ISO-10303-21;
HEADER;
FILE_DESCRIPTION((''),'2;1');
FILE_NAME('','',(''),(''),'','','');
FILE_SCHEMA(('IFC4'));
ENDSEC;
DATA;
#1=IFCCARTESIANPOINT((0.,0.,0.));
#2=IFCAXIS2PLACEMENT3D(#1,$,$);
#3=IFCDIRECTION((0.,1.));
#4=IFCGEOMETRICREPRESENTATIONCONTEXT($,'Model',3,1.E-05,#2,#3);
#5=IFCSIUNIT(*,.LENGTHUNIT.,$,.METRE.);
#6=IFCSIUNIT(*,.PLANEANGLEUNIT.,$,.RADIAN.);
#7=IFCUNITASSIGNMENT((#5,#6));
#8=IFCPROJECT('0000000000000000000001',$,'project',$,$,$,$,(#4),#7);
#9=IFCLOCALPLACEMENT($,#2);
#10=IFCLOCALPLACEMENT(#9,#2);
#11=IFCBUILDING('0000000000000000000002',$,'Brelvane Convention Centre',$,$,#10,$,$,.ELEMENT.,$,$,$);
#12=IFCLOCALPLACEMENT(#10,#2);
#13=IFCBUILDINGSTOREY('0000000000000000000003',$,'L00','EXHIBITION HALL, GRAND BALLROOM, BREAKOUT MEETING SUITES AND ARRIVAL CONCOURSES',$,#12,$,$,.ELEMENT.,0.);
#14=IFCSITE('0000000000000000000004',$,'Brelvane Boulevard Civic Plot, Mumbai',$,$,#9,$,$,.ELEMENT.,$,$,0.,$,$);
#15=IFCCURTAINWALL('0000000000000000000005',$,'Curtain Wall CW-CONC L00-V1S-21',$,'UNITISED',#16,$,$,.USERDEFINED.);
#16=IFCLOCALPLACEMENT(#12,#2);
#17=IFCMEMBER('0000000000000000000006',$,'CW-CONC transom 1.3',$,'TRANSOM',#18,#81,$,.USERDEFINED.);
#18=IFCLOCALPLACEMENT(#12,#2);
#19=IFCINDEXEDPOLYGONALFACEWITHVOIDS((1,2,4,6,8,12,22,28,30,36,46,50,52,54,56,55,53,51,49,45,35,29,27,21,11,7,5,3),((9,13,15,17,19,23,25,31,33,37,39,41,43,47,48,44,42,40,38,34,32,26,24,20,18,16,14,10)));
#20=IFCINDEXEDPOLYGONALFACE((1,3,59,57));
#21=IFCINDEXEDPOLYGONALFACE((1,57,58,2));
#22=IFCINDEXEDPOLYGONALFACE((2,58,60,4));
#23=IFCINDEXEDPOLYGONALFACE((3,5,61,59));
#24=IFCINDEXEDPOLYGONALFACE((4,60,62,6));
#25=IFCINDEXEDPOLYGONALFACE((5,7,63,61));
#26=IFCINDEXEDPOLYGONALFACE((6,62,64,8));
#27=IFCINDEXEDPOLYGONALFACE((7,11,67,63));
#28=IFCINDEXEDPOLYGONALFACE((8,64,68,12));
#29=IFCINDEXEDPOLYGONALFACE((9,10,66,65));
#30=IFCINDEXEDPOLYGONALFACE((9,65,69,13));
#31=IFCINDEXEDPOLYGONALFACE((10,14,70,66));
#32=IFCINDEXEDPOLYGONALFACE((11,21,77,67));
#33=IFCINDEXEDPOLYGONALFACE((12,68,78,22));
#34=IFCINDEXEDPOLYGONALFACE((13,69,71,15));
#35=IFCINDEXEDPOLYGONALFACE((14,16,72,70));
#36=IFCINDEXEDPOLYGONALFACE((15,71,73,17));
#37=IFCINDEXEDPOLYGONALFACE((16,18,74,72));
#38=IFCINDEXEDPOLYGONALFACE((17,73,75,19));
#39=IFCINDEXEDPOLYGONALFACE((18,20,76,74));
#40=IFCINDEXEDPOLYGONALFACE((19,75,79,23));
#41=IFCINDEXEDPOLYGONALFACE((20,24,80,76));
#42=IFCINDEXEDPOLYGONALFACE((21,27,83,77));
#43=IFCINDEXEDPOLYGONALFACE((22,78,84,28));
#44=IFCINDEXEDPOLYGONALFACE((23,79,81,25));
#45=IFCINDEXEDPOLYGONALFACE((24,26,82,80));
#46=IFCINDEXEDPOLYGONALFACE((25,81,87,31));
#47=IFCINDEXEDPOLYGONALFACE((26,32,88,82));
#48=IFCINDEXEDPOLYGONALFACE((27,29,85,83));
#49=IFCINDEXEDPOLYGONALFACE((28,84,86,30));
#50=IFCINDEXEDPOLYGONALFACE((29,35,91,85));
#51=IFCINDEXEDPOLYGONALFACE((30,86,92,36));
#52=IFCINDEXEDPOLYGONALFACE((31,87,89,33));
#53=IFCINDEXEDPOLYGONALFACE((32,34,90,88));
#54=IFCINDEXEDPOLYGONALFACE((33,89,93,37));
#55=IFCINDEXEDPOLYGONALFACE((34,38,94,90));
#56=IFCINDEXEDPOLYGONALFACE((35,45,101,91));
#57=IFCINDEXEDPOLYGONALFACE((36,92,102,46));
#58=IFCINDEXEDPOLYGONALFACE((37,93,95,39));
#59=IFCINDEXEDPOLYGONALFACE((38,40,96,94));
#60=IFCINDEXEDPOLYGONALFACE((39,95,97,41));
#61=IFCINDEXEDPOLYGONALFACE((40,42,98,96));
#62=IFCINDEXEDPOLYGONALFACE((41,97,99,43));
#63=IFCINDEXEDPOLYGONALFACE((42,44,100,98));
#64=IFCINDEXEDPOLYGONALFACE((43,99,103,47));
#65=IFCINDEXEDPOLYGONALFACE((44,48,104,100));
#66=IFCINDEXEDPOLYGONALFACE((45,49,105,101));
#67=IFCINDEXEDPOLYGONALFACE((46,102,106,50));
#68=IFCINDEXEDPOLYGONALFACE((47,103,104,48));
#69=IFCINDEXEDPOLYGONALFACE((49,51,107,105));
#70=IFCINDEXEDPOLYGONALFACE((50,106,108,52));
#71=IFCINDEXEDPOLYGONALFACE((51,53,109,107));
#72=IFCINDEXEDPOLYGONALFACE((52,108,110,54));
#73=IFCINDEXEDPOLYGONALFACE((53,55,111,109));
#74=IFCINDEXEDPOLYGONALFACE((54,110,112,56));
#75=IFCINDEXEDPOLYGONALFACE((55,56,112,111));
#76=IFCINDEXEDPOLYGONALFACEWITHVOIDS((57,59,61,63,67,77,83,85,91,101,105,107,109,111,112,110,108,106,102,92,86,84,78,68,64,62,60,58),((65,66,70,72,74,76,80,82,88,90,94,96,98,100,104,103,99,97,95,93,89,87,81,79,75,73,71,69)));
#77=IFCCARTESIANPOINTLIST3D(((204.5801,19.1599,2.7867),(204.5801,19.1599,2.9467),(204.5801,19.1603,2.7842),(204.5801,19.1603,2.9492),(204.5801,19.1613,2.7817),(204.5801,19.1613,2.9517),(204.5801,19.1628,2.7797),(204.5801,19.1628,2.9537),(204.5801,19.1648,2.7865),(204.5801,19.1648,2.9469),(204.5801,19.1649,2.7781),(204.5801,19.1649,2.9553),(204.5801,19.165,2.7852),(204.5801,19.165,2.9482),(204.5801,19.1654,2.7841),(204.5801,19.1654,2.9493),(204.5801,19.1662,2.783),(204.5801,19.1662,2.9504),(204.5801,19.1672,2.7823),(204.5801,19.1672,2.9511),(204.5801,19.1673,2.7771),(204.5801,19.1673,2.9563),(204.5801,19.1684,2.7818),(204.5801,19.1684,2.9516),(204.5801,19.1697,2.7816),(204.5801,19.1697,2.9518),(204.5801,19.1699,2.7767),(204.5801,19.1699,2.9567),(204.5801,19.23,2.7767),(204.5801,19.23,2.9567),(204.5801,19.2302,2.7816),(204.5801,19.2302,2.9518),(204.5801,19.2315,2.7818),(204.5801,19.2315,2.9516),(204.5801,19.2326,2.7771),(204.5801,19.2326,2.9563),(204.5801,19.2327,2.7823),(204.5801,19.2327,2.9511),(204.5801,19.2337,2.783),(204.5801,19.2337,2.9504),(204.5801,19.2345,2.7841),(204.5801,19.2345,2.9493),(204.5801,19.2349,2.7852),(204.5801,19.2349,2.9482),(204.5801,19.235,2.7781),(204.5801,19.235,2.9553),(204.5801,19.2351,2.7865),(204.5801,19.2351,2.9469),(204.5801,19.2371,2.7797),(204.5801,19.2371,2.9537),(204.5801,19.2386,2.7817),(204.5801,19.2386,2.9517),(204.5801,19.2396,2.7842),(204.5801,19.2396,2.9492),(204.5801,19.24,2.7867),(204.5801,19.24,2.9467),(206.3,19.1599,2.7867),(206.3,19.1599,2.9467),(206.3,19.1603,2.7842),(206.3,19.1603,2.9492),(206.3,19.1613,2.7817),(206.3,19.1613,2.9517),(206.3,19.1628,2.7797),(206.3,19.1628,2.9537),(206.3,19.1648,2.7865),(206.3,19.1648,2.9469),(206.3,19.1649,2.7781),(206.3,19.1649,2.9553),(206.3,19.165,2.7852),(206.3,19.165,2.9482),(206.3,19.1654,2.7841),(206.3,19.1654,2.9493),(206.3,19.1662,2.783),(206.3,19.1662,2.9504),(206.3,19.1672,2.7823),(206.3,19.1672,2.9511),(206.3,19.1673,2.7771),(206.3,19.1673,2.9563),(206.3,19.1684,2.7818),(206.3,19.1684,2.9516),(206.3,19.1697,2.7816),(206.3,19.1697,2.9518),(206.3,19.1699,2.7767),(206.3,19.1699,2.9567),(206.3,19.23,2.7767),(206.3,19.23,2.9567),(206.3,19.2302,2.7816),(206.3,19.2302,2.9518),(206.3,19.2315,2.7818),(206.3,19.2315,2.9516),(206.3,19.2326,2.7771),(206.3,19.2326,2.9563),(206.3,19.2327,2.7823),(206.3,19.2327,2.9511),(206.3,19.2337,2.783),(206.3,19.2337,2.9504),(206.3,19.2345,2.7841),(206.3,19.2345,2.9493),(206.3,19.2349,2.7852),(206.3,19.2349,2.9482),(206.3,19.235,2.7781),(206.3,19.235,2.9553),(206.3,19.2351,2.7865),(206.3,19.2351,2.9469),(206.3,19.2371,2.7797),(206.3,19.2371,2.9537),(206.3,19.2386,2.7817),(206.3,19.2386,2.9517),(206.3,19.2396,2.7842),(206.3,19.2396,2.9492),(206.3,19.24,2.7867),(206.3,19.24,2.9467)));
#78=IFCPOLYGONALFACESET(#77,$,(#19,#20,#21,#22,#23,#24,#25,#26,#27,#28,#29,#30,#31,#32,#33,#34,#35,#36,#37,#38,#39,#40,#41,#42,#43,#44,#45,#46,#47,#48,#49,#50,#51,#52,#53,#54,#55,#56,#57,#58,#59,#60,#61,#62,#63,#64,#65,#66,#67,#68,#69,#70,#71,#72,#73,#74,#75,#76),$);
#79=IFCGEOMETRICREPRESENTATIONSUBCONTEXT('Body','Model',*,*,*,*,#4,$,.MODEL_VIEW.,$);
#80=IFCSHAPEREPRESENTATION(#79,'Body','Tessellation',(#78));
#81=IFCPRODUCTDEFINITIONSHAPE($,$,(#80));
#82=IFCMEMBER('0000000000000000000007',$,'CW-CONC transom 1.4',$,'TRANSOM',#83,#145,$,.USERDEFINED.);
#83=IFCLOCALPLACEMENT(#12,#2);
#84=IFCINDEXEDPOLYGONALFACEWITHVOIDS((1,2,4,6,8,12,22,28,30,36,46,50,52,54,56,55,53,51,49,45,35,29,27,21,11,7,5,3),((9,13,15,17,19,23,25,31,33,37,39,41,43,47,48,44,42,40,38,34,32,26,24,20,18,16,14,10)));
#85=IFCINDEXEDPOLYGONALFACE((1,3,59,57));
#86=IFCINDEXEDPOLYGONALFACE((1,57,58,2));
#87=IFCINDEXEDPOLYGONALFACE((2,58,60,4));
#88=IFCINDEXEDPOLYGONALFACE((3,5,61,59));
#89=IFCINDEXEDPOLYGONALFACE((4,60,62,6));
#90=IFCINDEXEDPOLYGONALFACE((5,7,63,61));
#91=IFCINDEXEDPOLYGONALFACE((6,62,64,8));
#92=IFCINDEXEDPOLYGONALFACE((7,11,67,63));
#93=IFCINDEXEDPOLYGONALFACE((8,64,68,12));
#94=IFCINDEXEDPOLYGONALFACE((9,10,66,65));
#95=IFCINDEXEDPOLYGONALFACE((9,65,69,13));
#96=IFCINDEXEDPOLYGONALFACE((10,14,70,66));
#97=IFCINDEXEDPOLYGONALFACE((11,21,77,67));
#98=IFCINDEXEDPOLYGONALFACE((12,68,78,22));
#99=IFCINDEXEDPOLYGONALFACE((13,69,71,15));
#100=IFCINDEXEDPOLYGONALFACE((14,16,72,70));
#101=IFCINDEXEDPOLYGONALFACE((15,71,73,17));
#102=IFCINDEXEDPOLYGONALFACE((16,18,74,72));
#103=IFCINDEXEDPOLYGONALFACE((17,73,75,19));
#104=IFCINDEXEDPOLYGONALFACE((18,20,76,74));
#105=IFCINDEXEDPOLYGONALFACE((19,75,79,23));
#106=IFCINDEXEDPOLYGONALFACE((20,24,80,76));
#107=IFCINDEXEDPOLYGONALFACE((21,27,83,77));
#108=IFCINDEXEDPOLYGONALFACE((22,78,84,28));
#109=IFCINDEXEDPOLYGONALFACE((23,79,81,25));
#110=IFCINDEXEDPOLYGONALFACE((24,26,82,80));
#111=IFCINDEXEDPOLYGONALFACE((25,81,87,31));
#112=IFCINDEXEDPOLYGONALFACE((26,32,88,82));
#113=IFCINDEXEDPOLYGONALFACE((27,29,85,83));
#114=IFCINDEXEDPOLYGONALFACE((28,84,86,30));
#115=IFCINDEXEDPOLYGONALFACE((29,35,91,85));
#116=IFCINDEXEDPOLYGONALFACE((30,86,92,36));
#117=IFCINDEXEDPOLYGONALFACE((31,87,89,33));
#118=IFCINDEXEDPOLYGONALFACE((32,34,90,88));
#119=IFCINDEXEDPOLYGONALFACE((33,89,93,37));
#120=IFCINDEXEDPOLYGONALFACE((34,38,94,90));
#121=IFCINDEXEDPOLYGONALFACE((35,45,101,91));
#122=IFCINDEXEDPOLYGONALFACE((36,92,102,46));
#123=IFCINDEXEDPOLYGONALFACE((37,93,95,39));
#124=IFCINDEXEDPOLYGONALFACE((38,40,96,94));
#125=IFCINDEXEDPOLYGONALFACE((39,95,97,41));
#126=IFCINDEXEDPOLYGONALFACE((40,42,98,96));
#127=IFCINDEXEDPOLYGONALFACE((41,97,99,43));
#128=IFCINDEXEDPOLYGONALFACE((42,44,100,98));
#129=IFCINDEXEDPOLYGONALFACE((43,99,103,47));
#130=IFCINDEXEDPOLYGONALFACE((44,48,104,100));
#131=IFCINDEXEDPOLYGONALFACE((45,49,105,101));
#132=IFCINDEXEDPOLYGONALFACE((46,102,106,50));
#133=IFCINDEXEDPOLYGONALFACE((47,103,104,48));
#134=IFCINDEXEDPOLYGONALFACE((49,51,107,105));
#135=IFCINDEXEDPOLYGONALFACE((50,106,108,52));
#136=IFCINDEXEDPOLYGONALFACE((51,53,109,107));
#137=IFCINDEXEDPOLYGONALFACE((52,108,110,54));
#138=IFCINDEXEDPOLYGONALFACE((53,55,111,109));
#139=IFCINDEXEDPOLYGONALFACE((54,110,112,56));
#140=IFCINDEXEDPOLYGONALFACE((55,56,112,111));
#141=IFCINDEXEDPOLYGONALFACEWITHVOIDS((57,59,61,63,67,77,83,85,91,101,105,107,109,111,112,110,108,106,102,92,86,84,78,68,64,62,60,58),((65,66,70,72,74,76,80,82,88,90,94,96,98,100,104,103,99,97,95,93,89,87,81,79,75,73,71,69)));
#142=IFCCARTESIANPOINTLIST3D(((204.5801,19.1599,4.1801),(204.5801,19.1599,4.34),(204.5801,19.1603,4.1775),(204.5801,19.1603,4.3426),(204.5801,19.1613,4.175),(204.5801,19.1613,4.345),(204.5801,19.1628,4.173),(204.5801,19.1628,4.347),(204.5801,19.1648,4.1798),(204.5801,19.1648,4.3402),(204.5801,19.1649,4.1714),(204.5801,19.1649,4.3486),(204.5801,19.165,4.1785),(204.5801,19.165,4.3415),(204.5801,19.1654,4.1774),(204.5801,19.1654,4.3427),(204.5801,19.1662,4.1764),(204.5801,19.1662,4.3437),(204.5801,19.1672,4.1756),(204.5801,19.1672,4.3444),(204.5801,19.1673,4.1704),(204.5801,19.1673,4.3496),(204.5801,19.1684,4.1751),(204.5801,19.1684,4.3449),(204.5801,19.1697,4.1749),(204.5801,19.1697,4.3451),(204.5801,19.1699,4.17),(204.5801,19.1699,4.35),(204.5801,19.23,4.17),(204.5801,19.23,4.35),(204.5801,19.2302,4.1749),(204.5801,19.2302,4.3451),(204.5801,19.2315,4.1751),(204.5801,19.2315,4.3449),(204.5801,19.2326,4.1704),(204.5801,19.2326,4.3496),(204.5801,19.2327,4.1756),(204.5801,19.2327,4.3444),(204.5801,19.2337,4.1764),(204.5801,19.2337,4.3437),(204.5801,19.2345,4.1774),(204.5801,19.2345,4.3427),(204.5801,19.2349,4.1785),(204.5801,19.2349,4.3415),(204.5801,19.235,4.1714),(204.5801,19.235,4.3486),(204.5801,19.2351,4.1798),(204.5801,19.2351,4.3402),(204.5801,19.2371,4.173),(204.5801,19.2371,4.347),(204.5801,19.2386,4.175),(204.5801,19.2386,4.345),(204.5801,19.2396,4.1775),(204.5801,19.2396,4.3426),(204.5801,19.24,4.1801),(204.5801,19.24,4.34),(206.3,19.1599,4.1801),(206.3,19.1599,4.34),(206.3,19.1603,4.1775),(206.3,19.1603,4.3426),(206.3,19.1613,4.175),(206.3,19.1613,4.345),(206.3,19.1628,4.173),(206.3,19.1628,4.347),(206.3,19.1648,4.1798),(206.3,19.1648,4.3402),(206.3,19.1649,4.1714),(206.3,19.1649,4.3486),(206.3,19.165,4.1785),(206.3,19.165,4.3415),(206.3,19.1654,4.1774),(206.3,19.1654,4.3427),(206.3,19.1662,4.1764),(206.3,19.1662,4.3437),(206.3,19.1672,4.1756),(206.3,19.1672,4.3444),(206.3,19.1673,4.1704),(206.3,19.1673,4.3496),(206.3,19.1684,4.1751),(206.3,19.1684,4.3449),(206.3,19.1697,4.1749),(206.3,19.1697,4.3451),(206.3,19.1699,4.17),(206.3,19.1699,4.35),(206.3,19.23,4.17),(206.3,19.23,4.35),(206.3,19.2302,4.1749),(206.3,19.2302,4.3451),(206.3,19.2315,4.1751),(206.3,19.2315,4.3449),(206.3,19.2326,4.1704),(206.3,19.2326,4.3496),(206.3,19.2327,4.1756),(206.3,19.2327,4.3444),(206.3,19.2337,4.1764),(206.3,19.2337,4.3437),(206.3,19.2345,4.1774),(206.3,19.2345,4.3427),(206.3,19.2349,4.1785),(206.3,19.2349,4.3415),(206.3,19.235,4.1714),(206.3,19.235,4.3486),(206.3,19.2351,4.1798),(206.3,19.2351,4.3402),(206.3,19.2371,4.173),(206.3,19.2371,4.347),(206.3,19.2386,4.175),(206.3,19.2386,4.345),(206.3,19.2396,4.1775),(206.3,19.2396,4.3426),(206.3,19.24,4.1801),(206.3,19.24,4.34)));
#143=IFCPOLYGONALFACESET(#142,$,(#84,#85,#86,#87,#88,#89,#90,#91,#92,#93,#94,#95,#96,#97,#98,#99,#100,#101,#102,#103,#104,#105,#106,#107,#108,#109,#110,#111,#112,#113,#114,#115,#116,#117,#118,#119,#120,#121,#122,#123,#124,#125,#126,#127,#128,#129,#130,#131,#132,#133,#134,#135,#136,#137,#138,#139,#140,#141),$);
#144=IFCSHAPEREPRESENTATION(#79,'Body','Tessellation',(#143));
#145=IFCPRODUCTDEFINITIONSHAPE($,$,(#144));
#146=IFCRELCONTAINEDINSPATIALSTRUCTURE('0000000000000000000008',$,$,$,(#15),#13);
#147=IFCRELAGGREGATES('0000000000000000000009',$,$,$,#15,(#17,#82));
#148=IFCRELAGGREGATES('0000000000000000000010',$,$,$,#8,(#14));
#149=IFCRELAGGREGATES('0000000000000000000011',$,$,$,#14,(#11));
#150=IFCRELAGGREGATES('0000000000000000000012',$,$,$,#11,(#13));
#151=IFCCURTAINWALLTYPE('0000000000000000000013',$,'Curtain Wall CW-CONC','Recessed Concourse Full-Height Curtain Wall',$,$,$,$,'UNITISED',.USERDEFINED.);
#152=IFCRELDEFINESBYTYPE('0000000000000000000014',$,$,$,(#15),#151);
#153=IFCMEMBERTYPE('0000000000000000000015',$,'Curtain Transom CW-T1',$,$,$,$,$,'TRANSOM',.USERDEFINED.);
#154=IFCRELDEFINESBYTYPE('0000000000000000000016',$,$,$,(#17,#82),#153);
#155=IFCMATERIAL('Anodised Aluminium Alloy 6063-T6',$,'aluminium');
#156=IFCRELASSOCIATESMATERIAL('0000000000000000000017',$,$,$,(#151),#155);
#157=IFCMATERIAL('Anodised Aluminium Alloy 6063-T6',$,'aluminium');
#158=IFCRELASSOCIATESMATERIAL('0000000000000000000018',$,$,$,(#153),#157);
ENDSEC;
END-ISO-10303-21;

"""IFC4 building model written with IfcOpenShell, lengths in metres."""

from ifc_helpers import new_model, si_unit, direction, frame, origin, origin_2d, place, context, subcontext, project, spatial, hollow_rectangle, extrude, material, material_profile, profile_set, type_object, element, aggregate, save


model = new_model("IFC4")

# Units and contexts
model_context = context("Model", 3, precision=1e-05, world=origin(), true_north=direction((0.0, 1.0)))
body_context = subcontext(model_context, "Body", "Model", "MODEL_VIEW")
ifc_project = project(units=[si_unit("LENGTHUNIT", "METRE"), si_unit("PLANEANGLEUNIT", "RADIAN")], contexts=[model_context])

# Site, building, storey
site_placement = place(None, origin())
site = spatial("IfcSite", under=ifc_project, at=site_placement, Name="Brelvane Boulevard Civic Plot, Mumbai", CompositionType="ELEMENT", RefElevation=0.0)
building_placement = place(site_placement, origin())
building = spatial("IfcBuilding", under=site, at=building_placement, Name="Brelvane Convention Centre", CompositionType="ELEMENT")
storey_placement = place(building_placement, origin())
storey = spatial("IfcBuildingStorey", under=building, at=storey_placement, Name="L00", Description="EXHIBITION HALL, GRAND BALLROOM, BREAKOUT MEETING SUITES AND ARRIVAL CONCOURSES", CompositionType="ELEMENT", Elevation=0.0)

# Curtain wall, members
ifc_material_1 = material(Name="Anodised Aluminium Alloy 6063-T6", Category="aluminium")
curtain_wall_type = type_object("IfcCurtainWallType", Name="Curtain Wall CW-CONC", Description="Recessed Concourse Full-Height Curtain Wall", ElementType="UNITISED", PredefinedType="USERDEFINED", material=ifc_material_1)
curtain_wall_placement = place(storey_placement, origin())
curtain_wall = element("IfcCurtainWall", 1, at=curtain_wall_placement, inside=storey, type_object=curtain_wall_type, Name="Curtain Wall CW-CONC L00-V1S-21", ObjectType="UNITISED", PredefinedType="USERDEFINED")
ifc_material_2 = material(Name="Anodised Aluminium Alloy 6063-T6", Category="aluminium")
ifc_material_profile_1 = material_profile(ifc_material_2, hollow_rectangle(XDim=0.0801, YDim=0.1799, WallThickness=0.0049, InnerFilletRadius=0.0049, OuterFilletRadius=0.01, at=origin_2d()), Name="ALU-T 180x80x5.0")
ifc_profile_set_1 = profile_set([ifc_material_profile_1], Name="Anodised Aluminium Alloy 6063-T6")
member_type_1 = type_object("IfcMemberType", Name="Curtain Transom CW-T1", ElementType="TRANSOM", PredefinedType="USERDEFINED", material=ifc_profile_set_1)
member_1_placement = place(storey_placement, frame((204.5801, 19.2, 2.8667), z_axis=(1.0, 0.0, 0.0), x_axis=(0.0, 1.0, 0.0)))
member_1 = element("IfcMember", 2, at=member_1_placement, type_object=member_type_1, Name="CW-CONC transom 1.3", ObjectType="TRANSOM", PredefinedType="USERDEFINED", context=body_context, shape_type="SweptSolid", body=[
    extrude(hollow_rectangle(XDim=0.0801, YDim=0.1799, WallThickness=0.0049, InnerFilletRadius=0.0049, OuterFilletRadius=0.01, at=origin_2d()), origin(), (0.0, 0.0, 1.0), 1.72),
])
member_2_placement = place(storey_placement, frame((204.5801, 19.2, 4.26), z_axis=(1.0, 0.0, 0.0), x_axis=(0.0, 1.0, 0.0)))
member_2 = element("IfcMember", 3, at=member_2_placement, type_object=member_type_1, Name="CW-CONC transom 1.4", ObjectType="TRANSOM", PredefinedType="USERDEFINED", context=body_context, shape_type="SweptSolid", body=[
    extrude(hollow_rectangle(XDim=0.0801, YDim=0.1799, WallThickness=0.0049, InnerFilletRadius=0.0049, OuterFilletRadius=0.01, at=origin_2d()), origin(), (0.0, 0.0, 1.0), 1.72),
])

aggregate(curtain_wall, [member_1, member_2])

save(model, "model.ifc")
